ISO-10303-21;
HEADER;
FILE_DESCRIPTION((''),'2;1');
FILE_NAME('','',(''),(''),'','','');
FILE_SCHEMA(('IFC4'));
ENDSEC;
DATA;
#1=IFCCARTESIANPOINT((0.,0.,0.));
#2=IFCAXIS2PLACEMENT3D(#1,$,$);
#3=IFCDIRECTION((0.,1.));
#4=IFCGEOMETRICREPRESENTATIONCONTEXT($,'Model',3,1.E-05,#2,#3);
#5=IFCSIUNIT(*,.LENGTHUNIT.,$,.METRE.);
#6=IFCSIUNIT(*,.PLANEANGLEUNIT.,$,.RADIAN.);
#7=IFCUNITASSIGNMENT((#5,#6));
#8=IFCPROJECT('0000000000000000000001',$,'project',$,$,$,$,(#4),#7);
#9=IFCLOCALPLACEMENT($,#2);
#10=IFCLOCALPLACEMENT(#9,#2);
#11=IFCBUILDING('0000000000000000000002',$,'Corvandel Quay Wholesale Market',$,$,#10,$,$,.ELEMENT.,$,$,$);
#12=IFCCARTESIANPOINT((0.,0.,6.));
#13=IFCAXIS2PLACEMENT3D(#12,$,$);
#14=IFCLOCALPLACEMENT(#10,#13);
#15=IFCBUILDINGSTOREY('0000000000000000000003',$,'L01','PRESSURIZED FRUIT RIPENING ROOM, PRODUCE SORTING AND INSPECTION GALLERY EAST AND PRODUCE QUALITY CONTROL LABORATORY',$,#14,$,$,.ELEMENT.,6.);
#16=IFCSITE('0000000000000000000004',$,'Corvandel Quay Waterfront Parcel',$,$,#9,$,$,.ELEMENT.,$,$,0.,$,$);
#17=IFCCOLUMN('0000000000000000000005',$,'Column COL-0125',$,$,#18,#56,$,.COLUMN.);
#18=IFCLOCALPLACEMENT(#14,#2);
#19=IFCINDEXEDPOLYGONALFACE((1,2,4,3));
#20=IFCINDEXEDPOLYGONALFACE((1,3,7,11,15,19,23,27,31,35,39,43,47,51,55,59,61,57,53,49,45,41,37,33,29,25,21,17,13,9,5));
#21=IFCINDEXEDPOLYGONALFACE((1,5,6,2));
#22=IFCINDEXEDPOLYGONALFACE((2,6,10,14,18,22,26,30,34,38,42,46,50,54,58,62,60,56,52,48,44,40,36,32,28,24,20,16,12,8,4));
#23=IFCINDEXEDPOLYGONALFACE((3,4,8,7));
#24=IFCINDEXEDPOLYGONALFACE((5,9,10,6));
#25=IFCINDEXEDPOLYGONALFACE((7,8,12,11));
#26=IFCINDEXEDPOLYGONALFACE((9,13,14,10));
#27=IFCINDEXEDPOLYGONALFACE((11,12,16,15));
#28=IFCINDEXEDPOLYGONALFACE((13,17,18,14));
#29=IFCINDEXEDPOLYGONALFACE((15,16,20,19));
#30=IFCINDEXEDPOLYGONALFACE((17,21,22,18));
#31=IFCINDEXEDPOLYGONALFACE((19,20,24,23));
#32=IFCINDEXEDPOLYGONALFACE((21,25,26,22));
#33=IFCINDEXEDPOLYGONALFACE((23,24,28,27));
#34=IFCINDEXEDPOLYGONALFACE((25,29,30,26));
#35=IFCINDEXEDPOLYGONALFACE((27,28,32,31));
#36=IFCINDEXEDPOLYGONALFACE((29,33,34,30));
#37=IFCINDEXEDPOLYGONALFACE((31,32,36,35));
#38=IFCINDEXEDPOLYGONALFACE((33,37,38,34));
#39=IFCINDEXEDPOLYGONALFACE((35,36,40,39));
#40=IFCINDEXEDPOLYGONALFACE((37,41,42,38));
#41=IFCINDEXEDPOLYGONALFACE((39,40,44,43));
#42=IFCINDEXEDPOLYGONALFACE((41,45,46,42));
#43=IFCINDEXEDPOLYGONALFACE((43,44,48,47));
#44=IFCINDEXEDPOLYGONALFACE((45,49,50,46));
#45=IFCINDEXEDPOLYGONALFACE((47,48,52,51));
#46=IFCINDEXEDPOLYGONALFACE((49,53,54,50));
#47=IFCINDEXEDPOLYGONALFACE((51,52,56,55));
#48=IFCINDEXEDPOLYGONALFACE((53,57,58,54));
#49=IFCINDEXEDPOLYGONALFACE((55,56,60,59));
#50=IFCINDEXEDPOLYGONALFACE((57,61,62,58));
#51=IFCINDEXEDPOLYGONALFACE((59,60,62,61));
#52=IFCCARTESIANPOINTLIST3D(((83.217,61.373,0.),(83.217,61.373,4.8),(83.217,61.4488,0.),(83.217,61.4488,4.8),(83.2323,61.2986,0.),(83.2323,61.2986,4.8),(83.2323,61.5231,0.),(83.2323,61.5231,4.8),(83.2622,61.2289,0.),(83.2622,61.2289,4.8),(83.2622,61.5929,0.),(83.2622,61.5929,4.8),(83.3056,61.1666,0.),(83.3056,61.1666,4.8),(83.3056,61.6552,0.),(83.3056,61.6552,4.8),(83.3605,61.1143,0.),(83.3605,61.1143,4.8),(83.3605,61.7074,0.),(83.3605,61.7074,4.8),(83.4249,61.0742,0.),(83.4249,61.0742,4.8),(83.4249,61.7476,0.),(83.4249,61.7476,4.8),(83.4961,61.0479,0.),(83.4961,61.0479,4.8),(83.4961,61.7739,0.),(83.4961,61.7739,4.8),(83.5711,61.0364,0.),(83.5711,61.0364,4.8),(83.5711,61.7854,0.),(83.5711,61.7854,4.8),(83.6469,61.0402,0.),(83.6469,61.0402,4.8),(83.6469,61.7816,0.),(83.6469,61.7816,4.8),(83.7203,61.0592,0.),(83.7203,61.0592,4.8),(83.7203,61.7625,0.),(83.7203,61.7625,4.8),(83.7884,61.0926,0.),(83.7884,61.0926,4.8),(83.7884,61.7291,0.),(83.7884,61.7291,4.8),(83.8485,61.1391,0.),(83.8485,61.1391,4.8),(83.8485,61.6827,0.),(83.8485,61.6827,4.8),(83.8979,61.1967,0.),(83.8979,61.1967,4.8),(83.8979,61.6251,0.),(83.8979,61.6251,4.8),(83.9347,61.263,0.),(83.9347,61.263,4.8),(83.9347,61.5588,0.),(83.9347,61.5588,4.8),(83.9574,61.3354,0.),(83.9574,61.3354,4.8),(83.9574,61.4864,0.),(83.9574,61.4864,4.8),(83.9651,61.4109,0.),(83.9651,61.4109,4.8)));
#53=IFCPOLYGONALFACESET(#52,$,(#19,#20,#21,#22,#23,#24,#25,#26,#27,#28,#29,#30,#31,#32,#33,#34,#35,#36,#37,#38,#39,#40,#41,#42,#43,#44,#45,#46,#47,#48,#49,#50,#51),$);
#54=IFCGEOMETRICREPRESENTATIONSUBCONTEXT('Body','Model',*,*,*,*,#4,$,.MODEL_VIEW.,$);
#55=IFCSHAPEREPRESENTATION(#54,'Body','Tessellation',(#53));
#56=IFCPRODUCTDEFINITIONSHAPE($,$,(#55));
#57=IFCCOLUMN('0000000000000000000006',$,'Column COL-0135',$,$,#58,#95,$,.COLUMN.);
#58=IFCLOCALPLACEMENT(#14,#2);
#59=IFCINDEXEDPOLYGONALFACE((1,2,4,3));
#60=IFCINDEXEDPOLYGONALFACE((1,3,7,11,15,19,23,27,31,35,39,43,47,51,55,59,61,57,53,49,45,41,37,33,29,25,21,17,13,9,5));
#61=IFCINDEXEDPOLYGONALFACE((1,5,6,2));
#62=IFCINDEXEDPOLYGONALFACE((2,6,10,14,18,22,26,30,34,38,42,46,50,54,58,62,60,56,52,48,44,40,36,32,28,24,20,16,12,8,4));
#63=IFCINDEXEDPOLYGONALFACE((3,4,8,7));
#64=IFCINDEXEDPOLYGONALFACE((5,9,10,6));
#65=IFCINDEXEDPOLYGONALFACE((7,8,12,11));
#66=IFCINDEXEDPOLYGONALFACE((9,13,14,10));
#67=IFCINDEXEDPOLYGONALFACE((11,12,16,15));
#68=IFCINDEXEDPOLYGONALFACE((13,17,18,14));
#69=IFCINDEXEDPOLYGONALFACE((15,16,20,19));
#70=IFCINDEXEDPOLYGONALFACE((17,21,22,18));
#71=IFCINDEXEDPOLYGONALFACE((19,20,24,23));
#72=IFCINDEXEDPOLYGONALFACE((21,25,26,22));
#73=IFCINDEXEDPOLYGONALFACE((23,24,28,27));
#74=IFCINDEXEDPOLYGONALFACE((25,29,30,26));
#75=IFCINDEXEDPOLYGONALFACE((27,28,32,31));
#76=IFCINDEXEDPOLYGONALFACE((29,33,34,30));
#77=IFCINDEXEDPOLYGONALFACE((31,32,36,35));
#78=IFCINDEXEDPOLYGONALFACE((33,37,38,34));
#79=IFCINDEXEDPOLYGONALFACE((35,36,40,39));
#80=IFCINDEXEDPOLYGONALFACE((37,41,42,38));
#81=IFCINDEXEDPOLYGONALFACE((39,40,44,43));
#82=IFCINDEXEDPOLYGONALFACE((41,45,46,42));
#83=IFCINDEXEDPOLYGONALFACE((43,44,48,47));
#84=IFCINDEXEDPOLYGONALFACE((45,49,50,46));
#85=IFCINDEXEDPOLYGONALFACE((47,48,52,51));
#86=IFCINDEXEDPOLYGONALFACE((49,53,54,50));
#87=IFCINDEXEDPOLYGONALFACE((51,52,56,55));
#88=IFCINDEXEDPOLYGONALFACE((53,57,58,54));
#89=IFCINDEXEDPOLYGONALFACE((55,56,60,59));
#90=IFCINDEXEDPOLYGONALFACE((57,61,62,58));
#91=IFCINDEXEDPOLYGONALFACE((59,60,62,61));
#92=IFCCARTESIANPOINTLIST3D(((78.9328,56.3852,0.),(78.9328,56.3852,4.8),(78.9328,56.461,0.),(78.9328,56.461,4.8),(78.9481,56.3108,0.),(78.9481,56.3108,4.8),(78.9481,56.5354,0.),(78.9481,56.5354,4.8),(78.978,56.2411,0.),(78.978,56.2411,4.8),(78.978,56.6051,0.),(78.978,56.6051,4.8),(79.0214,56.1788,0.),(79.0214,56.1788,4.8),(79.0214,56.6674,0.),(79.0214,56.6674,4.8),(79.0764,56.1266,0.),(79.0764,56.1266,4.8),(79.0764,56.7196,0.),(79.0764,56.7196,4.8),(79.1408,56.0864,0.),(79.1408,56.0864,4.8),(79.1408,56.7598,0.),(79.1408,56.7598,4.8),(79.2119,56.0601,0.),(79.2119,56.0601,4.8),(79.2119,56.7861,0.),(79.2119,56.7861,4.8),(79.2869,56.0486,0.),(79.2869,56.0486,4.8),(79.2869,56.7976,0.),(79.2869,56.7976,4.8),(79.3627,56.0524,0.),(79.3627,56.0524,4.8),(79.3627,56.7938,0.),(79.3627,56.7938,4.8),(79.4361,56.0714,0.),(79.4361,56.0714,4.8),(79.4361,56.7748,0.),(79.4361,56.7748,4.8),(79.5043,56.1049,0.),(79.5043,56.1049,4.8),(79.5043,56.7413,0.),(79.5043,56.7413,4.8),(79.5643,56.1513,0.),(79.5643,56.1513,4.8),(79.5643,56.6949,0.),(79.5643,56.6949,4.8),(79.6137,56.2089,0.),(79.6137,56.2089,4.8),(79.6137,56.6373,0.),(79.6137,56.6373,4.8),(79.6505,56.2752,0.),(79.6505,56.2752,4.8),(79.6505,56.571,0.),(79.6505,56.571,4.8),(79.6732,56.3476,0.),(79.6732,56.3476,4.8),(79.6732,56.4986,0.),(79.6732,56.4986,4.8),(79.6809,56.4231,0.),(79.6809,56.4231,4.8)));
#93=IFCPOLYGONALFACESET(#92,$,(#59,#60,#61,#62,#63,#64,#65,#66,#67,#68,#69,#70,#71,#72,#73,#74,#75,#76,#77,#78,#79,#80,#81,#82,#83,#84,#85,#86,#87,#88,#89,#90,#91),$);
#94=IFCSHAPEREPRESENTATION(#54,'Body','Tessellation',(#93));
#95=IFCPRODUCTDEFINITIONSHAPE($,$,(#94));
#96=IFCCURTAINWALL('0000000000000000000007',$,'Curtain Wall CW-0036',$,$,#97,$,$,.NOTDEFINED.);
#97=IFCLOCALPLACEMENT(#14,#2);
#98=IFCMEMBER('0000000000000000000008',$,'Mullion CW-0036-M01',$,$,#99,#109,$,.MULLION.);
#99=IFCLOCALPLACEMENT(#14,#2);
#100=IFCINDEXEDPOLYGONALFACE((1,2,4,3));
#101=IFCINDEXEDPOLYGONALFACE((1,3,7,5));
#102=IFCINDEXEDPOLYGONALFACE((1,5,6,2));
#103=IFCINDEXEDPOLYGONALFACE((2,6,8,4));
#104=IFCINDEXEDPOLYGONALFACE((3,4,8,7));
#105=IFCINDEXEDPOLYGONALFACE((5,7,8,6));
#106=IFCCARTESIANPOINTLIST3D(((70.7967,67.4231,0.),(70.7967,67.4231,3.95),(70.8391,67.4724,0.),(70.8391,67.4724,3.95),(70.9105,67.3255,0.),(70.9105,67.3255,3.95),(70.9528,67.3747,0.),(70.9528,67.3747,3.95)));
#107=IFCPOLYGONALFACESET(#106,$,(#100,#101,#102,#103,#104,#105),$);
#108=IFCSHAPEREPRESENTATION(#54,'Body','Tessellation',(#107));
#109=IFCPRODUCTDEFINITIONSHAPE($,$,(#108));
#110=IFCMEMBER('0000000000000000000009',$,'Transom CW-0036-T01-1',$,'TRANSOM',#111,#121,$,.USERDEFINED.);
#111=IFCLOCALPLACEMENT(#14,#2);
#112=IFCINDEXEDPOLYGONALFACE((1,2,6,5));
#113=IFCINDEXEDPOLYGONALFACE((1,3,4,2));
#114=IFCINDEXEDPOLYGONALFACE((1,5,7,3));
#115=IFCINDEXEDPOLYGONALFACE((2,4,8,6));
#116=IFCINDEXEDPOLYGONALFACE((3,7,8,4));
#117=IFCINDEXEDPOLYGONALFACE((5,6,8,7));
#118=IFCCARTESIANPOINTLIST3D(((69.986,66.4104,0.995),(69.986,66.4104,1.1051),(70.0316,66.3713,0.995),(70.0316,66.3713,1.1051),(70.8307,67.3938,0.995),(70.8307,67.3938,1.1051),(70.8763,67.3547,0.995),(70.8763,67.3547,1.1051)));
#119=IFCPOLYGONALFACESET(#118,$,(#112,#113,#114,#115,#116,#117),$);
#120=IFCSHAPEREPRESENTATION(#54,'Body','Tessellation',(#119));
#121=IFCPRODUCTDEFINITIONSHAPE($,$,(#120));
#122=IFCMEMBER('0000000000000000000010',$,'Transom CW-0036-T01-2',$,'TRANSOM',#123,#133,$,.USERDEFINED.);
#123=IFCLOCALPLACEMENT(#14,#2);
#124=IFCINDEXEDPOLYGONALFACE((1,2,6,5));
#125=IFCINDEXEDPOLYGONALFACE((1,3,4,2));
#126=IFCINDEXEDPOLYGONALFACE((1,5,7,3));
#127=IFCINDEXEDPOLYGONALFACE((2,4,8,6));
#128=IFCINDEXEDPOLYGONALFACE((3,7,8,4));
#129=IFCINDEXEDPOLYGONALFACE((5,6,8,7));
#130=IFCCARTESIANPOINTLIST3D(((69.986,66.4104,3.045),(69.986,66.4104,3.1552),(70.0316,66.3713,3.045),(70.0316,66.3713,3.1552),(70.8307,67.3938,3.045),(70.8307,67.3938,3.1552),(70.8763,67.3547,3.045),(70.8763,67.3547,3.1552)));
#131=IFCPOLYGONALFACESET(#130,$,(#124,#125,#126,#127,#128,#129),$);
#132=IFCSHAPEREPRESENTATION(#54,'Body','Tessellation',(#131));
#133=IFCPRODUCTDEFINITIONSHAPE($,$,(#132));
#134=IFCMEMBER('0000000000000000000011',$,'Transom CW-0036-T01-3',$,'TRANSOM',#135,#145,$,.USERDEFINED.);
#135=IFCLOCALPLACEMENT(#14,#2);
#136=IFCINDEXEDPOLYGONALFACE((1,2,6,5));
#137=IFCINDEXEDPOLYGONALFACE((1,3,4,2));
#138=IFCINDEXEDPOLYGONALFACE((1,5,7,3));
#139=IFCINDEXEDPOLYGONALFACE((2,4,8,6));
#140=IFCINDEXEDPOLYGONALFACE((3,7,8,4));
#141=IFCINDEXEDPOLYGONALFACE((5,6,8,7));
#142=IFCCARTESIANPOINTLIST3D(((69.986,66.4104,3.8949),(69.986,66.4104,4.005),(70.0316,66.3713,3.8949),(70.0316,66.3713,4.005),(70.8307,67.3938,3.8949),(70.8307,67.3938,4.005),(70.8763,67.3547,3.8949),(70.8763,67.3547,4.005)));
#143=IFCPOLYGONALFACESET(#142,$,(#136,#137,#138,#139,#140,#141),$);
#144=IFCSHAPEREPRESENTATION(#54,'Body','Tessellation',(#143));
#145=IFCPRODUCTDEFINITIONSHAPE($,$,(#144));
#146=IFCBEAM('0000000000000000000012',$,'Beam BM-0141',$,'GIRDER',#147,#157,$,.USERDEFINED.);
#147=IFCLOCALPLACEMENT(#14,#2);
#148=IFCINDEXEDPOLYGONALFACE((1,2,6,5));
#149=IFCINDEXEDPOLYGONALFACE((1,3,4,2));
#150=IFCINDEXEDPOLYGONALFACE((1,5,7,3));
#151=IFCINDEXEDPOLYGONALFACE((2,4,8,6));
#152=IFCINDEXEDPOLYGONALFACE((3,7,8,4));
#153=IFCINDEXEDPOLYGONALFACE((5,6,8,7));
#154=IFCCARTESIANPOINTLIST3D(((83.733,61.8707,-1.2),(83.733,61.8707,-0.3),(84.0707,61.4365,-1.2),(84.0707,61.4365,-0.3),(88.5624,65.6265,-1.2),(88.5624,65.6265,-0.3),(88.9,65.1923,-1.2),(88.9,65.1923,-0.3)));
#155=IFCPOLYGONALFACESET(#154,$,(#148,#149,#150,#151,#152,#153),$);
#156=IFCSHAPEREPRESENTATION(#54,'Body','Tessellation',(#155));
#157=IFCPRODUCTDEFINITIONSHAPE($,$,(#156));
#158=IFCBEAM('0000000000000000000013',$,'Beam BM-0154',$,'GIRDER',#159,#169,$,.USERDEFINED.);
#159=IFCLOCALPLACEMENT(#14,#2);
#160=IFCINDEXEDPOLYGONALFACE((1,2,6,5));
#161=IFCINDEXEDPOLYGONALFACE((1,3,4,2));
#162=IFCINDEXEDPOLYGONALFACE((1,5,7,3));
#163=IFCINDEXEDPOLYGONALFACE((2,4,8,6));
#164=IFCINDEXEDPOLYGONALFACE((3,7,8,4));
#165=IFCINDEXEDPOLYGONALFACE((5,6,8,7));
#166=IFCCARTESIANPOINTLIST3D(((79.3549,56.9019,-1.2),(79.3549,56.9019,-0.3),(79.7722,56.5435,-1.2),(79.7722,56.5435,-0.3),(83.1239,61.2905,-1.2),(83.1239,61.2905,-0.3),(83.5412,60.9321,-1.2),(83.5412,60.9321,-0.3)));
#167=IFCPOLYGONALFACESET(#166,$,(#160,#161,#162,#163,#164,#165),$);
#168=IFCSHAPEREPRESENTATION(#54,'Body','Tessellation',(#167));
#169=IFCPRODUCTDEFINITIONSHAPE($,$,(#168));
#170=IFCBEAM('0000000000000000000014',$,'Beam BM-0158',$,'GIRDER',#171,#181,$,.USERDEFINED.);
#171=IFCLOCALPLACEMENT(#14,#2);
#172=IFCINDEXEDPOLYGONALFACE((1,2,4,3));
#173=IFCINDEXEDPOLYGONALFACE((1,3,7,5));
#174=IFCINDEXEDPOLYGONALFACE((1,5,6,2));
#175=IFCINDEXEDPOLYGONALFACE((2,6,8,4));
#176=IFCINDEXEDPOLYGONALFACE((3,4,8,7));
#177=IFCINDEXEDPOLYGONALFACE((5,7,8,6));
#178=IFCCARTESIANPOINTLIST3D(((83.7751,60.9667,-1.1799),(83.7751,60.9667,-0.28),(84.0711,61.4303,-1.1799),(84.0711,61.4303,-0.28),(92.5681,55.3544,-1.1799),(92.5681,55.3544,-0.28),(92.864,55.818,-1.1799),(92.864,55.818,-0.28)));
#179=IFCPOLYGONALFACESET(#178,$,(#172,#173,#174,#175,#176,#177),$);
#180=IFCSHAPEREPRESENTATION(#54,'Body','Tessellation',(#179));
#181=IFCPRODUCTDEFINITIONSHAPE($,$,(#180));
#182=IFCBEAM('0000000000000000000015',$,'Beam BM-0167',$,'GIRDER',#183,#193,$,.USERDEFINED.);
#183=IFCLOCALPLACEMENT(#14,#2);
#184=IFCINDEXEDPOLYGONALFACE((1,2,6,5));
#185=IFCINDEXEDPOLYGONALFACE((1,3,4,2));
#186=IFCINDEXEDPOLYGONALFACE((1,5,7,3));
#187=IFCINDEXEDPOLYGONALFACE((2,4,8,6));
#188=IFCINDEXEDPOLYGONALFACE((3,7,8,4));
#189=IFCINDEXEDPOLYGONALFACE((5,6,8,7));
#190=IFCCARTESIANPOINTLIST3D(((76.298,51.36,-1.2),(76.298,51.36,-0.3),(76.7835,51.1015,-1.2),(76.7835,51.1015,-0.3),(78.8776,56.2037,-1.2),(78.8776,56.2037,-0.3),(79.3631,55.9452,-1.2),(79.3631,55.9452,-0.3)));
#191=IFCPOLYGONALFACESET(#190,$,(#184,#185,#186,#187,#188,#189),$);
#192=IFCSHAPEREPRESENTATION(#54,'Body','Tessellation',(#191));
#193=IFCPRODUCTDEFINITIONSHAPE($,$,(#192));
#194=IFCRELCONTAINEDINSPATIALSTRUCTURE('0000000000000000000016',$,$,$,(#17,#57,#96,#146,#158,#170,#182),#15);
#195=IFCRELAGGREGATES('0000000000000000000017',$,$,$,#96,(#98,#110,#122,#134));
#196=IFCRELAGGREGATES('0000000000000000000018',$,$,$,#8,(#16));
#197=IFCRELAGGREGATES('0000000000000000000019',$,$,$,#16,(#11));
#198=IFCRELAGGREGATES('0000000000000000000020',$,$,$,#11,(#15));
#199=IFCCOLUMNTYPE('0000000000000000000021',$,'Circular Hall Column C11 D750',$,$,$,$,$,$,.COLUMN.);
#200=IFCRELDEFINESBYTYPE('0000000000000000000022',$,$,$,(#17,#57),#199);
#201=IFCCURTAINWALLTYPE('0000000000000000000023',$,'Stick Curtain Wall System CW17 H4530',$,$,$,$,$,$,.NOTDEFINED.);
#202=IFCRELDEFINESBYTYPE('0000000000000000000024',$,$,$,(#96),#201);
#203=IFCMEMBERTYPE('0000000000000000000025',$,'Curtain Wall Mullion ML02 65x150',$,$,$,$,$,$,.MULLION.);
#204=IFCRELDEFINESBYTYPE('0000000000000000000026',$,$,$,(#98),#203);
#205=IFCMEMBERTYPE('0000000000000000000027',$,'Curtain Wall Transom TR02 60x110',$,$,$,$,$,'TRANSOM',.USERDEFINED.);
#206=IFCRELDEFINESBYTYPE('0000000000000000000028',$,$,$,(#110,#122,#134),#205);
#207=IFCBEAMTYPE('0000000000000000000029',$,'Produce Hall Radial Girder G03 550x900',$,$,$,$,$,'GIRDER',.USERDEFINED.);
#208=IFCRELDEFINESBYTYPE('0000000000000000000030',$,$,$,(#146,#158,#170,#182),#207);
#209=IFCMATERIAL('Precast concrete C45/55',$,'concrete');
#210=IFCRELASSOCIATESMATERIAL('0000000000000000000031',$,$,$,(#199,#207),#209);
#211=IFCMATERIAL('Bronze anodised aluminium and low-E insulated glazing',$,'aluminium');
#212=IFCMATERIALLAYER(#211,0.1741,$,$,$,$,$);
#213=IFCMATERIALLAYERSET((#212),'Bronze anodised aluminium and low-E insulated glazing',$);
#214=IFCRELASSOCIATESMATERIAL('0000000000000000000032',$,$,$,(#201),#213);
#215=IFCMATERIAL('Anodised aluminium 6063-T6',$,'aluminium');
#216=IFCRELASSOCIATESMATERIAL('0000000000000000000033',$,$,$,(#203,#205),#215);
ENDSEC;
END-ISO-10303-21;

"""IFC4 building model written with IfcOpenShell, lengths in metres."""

from ifc_helpers import new_model, si_unit, direction, frame, origin, origin_2d, place, context, subcontext, project, spatial, rectangle, circle, extrude, material, layer, layer_set, material_profile, profile_set, type_object, element, aggregate, save


model = new_model("IFC4")

# Units and contexts
model_context = context("Model", 3, precision=1e-05, world=origin(), true_north=direction((0.0, 1.0)))
body_context = subcontext(model_context, "Body", "Model", "MODEL_VIEW")
ifc_project = project(units=[si_unit("LENGTHUNIT", "METRE"), si_unit("PLANEANGLEUNIT", "RADIAN")], contexts=[model_context])

# Site, building, storey
site_placement = place(None, origin())
site = spatial("IfcSite", under=ifc_project, at=site_placement, Name="Corvandel Quay Waterfront Parcel", CompositionType="ELEMENT", RefElevation=0.0)
building_placement = place(site_placement, origin())
building = spatial("IfcBuilding", under=site, at=building_placement, Name="Corvandel Quay Wholesale Market", CompositionType="ELEMENT")
storey_placement = place(building_placement, frame((0.0, 0.0, 6.0)))
storey = spatial("IfcBuildingStorey", under=building, at=storey_placement, Name="L01", Description="PRESSURIZED FRUIT RIPENING ROOM, PRODUCE SORTING AND INSPECTION GALLERY EAST AND PRODUCE QUALITY CONTROL LABORATORY", CompositionType="ELEMENT", Elevation=6.0)

# Columns
ifc_material_1 = material(Name="Precast concrete C45/55", Category="concrete")
ifc_material_profile_1 = material_profile(ifc_material_1, circle(Radius=0.375, at=origin_2d()), Name="PC-COL-D750")
ifc_profile_set_1 = profile_set([ifc_material_profile_1], Name="Precast concrete C45/55")
column_type = type_object("IfcColumnType", Name="Circular Hall Column C11 D750", PredefinedType="COLUMN", material=ifc_profile_set_1)
for number, where, z_axis, x_axis, name in (
    (1, (83.5901, 61.4109, 0.0), (0.0, 0.0, 1.0), (1.0, 0.0, 0.0), "Column COL-0125"),
    (2, (79.3059, 56.4231, 0.0), (0.0, 0.0, 1.0), (1.0, 0.0, 0.0), "Column COL-0135"),
):
    element("IfcColumn", number, at=place(storey_placement, frame(where, z_axis=z_axis, x_axis=x_axis)), inside=storey, type_object=column_type, Name=name, PredefinedType="COLUMN", context=body_context, shape_type="SweptSolid", body=[
        extrude(circle(Radius=0.375, at=origin_2d()), origin(), (0.0, 0.0, 1.0), 4.8),
    ])

# Curtain wall, members
ifc_material_2 = material(Name="Bronze anodised aluminium and low-E insulated glazing", Category="aluminium")
ifc_layer_1 = layer(ifc_material_2, 0.1741)
ifc_layer_set_1 = layer_set([ifc_layer_1], Name="Bronze anodised aluminium and low-E insulated glazing")
curtain_wall_type = type_object("IfcCurtainWallType", Name="Stick Curtain Wall System CW17 H4530", PredefinedType="NOTDEFINED", material=ifc_layer_set_1)
curtain_wall_placement = place(storey_placement, origin())
curtain_wall = element("IfcCurtainWall", 3, at=curtain_wall_placement, inside=storey, type_object=curtain_wall_type, Name="Curtain Wall CW-0036", PredefinedType="NOTDEFINED")
ifc_material_3 = material(Name="Anodised aluminium 6063-T6", Category="aluminium")
ifc_material_profile_2 = material_profile(ifc_material_3, rectangle(XDim=0.0649, YDim=0.1499, at=origin_2d()), Name="ALU-MUL-65x150")
ifc_profile_set_2 = profile_set([ifc_material_profile_2], Name="Anodised aluminium 6063-T6")
member_type_1 = type_object("IfcMemberType", Name="Curtain Wall Mullion ML02 65x150", PredefinedType="MULLION", material=ifc_profile_set_2)
member_1_placement = place(storey_placement, frame((70.8748, 67.3989, 0.0), z_axis=(0.0, 0.0, 1.0), x_axis=(0.651569, 0.758589, 0.0)))
member_1 = element("IfcMember", 4, at=member_1_placement, type_object=member_type_1, Name="Mullion CW-0036-M01", PredefinedType="MULLION", context=body_context, shape_type="SweptSolid", body=[
    extrude(rectangle(XDim=0.0649, YDim=0.1499, at=origin_2d()), origin(), (0.0, 0.0, 1.0), 3.95),
])
ifc_material_profile_3 = material_profile(ifc_material_3, rectangle(XDim=0.0601, YDim=0.1101, at=origin_2d()), Name="ALU-TRN-60x110")
ifc_profile_set_3 = profile_set([ifc_material_profile_3], Name="Anodised aluminium 6063-T6")
member_type_2 = type_object("IfcMemberType", Name="Curtain Wall Transom TR02 60x110", ElementType="TRANSOM", PredefinedType="USERDEFINED", material=ifc_profile_set_3)
member_2_placement = place(storey_placement, frame((70.8535, 67.3743, 1.05), z_axis=(-0.651597, -0.758565, 0.0), x_axis=(0.758565, -0.651597, 0.0)))
member_2 = element("IfcMember", 5, at=member_2_placement, type_object=member_type_2, Name="Transom CW-0036-T01-1", ObjectType="TRANSOM", PredefinedType="USERDEFINED", context=body_context, shape_type="SweptSolid", body=[
    extrude(rectangle(XDim=0.0601, YDim=0.1101, at=origin_2d()), origin(), (0.0, 0.0, 1.0), 1.2964),
])
member_3_placement = place(storey_placement, frame((70.8535, 67.3743, 3.1001), z_axis=(-0.651597, -0.758565, 0.0), x_axis=(0.758565, -0.651597, 0.0)))
member_3 = element("IfcMember", 6, at=member_3_placement, type_object=member_type_2, Name="Transom CW-0036-T01-2", ObjectType="TRANSOM", PredefinedType="USERDEFINED", context=body_context, shape_type="SweptSolid", body=[
    extrude(rectangle(XDim=0.0601, YDim=0.1101, at=origin_2d()), origin(), (0.0, 0.0, 1.0), 1.2964),
])
member_4_placement = place(storey_placement, frame((70.8535, 67.3743, 3.95), z_axis=(-0.651597, -0.758565, 0.0), x_axis=(0.758565, -0.651597, 0.0)))
member_4 = element("IfcMember", 7, at=member_4_placement, type_object=member_type_2, Name="Transom CW-0036-T01-3", ObjectType="TRANSOM", PredefinedType="USERDEFINED", context=body_context, shape_type="SweptSolid", body=[
    extrude(rectangle(XDim=0.0601, YDim=0.1101, at=origin_2d()), origin(), (0.0, 0.0, 1.0), 1.2964),
])

# Beams
ifc_material_profile_4 = material_profile(ifc_material_1, rectangle(XDim=0.55, YDim=0.8999, at=origin_2d()), Name="PC-GIR-550x900")
ifc_profile_set_4 = profile_set([ifc_material_profile_4], Name="Precast concrete C45/55")
beam_type_1 = type_object("IfcBeamType", Name="Produce Hall Radial Girder G03 550x900", ElementType="GIRDER", PredefinedType="USERDEFINED", material=ifc_profile_set_4)
beam_1_placement = place(storey_placement, frame((88.7312, 65.4094, -0.75), z_axis=(-0.789376, -0.61391, 0.0), x_axis=(0.61391, -0.789376, 0.0)))
element("IfcBeam", 8, at=beam_1_placement, inside=storey, type_object=beam_type_1, Name="Beam BM-0141", ObjectType="GIRDER", PredefinedType="USERDEFINED", context=body_context, shape_type="SweptSolid", body=[
    extrude(rectangle(XDim=0.55, YDim=0.8999, at=origin_2d()), origin(), (0.0, 0.0, 1.0), 6.1179),
])
beam_2_placement = place(storey_placement, frame((83.3325, 61.1113, -0.75), z_axis=(-0.651521, -0.758631, 0.0), x_axis=(0.758631, -0.651521, 0.0)))
element("IfcBeam", 9, at=beam_2_placement, inside=storey, type_object=beam_type_1, Name="Beam BM-0154", ObjectType="GIRDER", PredefinedType="USERDEFINED", context=body_context, shape_type="SweptSolid", body=[
    extrude(rectangle(XDim=0.55, YDim=0.8999, at=origin_2d()), origin(), (0.0, 0.0, 1.0), 5.7849),
])
beam_3_placement = place(storey_placement, frame((83.9231, 61.1985, -0.73), z_axis=(0.842932, -0.53802, 0.0), x_axis=(0.53802, 0.842932, 0.0)))
element("IfcBeam", 10, at=beam_3_placement, inside=storey, type_object=beam_type_1, Name="Beam BM-0158", ObjectType="GIRDER", PredefinedType="USERDEFINED", context=body_context, shape_type="SweptSolid", body=[
    extrude(rectangle(XDim=0.55, YDim=0.8999, at=origin_2d()), origin(), (0.0, 0.0, 1.0), 10.4314),
])
beam_4_placement = place(storey_placement, frame((79.1204, 56.0745, -0.75), z_axis=(-0.470057, -0.882636, 0.0), x_axis=(0.882636, -0.470057, 0.0)))
element("IfcBeam", 11, at=beam_4_placement, inside=storey, type_object=beam_type_1, Name="Beam BM-0167", ObjectType="GIRDER", PredefinedType="USERDEFINED", context=body_context, shape_type="SweptSolid", body=[
    extrude(rectangle(XDim=0.55, YDim=0.8999, at=origin_2d()), origin(), (0.0, 0.0, 1.0), 5.4878),
])

aggregate(curtain_wall, [member_1, member_2, member_3, member_4])

save(model, "model.ifc")
